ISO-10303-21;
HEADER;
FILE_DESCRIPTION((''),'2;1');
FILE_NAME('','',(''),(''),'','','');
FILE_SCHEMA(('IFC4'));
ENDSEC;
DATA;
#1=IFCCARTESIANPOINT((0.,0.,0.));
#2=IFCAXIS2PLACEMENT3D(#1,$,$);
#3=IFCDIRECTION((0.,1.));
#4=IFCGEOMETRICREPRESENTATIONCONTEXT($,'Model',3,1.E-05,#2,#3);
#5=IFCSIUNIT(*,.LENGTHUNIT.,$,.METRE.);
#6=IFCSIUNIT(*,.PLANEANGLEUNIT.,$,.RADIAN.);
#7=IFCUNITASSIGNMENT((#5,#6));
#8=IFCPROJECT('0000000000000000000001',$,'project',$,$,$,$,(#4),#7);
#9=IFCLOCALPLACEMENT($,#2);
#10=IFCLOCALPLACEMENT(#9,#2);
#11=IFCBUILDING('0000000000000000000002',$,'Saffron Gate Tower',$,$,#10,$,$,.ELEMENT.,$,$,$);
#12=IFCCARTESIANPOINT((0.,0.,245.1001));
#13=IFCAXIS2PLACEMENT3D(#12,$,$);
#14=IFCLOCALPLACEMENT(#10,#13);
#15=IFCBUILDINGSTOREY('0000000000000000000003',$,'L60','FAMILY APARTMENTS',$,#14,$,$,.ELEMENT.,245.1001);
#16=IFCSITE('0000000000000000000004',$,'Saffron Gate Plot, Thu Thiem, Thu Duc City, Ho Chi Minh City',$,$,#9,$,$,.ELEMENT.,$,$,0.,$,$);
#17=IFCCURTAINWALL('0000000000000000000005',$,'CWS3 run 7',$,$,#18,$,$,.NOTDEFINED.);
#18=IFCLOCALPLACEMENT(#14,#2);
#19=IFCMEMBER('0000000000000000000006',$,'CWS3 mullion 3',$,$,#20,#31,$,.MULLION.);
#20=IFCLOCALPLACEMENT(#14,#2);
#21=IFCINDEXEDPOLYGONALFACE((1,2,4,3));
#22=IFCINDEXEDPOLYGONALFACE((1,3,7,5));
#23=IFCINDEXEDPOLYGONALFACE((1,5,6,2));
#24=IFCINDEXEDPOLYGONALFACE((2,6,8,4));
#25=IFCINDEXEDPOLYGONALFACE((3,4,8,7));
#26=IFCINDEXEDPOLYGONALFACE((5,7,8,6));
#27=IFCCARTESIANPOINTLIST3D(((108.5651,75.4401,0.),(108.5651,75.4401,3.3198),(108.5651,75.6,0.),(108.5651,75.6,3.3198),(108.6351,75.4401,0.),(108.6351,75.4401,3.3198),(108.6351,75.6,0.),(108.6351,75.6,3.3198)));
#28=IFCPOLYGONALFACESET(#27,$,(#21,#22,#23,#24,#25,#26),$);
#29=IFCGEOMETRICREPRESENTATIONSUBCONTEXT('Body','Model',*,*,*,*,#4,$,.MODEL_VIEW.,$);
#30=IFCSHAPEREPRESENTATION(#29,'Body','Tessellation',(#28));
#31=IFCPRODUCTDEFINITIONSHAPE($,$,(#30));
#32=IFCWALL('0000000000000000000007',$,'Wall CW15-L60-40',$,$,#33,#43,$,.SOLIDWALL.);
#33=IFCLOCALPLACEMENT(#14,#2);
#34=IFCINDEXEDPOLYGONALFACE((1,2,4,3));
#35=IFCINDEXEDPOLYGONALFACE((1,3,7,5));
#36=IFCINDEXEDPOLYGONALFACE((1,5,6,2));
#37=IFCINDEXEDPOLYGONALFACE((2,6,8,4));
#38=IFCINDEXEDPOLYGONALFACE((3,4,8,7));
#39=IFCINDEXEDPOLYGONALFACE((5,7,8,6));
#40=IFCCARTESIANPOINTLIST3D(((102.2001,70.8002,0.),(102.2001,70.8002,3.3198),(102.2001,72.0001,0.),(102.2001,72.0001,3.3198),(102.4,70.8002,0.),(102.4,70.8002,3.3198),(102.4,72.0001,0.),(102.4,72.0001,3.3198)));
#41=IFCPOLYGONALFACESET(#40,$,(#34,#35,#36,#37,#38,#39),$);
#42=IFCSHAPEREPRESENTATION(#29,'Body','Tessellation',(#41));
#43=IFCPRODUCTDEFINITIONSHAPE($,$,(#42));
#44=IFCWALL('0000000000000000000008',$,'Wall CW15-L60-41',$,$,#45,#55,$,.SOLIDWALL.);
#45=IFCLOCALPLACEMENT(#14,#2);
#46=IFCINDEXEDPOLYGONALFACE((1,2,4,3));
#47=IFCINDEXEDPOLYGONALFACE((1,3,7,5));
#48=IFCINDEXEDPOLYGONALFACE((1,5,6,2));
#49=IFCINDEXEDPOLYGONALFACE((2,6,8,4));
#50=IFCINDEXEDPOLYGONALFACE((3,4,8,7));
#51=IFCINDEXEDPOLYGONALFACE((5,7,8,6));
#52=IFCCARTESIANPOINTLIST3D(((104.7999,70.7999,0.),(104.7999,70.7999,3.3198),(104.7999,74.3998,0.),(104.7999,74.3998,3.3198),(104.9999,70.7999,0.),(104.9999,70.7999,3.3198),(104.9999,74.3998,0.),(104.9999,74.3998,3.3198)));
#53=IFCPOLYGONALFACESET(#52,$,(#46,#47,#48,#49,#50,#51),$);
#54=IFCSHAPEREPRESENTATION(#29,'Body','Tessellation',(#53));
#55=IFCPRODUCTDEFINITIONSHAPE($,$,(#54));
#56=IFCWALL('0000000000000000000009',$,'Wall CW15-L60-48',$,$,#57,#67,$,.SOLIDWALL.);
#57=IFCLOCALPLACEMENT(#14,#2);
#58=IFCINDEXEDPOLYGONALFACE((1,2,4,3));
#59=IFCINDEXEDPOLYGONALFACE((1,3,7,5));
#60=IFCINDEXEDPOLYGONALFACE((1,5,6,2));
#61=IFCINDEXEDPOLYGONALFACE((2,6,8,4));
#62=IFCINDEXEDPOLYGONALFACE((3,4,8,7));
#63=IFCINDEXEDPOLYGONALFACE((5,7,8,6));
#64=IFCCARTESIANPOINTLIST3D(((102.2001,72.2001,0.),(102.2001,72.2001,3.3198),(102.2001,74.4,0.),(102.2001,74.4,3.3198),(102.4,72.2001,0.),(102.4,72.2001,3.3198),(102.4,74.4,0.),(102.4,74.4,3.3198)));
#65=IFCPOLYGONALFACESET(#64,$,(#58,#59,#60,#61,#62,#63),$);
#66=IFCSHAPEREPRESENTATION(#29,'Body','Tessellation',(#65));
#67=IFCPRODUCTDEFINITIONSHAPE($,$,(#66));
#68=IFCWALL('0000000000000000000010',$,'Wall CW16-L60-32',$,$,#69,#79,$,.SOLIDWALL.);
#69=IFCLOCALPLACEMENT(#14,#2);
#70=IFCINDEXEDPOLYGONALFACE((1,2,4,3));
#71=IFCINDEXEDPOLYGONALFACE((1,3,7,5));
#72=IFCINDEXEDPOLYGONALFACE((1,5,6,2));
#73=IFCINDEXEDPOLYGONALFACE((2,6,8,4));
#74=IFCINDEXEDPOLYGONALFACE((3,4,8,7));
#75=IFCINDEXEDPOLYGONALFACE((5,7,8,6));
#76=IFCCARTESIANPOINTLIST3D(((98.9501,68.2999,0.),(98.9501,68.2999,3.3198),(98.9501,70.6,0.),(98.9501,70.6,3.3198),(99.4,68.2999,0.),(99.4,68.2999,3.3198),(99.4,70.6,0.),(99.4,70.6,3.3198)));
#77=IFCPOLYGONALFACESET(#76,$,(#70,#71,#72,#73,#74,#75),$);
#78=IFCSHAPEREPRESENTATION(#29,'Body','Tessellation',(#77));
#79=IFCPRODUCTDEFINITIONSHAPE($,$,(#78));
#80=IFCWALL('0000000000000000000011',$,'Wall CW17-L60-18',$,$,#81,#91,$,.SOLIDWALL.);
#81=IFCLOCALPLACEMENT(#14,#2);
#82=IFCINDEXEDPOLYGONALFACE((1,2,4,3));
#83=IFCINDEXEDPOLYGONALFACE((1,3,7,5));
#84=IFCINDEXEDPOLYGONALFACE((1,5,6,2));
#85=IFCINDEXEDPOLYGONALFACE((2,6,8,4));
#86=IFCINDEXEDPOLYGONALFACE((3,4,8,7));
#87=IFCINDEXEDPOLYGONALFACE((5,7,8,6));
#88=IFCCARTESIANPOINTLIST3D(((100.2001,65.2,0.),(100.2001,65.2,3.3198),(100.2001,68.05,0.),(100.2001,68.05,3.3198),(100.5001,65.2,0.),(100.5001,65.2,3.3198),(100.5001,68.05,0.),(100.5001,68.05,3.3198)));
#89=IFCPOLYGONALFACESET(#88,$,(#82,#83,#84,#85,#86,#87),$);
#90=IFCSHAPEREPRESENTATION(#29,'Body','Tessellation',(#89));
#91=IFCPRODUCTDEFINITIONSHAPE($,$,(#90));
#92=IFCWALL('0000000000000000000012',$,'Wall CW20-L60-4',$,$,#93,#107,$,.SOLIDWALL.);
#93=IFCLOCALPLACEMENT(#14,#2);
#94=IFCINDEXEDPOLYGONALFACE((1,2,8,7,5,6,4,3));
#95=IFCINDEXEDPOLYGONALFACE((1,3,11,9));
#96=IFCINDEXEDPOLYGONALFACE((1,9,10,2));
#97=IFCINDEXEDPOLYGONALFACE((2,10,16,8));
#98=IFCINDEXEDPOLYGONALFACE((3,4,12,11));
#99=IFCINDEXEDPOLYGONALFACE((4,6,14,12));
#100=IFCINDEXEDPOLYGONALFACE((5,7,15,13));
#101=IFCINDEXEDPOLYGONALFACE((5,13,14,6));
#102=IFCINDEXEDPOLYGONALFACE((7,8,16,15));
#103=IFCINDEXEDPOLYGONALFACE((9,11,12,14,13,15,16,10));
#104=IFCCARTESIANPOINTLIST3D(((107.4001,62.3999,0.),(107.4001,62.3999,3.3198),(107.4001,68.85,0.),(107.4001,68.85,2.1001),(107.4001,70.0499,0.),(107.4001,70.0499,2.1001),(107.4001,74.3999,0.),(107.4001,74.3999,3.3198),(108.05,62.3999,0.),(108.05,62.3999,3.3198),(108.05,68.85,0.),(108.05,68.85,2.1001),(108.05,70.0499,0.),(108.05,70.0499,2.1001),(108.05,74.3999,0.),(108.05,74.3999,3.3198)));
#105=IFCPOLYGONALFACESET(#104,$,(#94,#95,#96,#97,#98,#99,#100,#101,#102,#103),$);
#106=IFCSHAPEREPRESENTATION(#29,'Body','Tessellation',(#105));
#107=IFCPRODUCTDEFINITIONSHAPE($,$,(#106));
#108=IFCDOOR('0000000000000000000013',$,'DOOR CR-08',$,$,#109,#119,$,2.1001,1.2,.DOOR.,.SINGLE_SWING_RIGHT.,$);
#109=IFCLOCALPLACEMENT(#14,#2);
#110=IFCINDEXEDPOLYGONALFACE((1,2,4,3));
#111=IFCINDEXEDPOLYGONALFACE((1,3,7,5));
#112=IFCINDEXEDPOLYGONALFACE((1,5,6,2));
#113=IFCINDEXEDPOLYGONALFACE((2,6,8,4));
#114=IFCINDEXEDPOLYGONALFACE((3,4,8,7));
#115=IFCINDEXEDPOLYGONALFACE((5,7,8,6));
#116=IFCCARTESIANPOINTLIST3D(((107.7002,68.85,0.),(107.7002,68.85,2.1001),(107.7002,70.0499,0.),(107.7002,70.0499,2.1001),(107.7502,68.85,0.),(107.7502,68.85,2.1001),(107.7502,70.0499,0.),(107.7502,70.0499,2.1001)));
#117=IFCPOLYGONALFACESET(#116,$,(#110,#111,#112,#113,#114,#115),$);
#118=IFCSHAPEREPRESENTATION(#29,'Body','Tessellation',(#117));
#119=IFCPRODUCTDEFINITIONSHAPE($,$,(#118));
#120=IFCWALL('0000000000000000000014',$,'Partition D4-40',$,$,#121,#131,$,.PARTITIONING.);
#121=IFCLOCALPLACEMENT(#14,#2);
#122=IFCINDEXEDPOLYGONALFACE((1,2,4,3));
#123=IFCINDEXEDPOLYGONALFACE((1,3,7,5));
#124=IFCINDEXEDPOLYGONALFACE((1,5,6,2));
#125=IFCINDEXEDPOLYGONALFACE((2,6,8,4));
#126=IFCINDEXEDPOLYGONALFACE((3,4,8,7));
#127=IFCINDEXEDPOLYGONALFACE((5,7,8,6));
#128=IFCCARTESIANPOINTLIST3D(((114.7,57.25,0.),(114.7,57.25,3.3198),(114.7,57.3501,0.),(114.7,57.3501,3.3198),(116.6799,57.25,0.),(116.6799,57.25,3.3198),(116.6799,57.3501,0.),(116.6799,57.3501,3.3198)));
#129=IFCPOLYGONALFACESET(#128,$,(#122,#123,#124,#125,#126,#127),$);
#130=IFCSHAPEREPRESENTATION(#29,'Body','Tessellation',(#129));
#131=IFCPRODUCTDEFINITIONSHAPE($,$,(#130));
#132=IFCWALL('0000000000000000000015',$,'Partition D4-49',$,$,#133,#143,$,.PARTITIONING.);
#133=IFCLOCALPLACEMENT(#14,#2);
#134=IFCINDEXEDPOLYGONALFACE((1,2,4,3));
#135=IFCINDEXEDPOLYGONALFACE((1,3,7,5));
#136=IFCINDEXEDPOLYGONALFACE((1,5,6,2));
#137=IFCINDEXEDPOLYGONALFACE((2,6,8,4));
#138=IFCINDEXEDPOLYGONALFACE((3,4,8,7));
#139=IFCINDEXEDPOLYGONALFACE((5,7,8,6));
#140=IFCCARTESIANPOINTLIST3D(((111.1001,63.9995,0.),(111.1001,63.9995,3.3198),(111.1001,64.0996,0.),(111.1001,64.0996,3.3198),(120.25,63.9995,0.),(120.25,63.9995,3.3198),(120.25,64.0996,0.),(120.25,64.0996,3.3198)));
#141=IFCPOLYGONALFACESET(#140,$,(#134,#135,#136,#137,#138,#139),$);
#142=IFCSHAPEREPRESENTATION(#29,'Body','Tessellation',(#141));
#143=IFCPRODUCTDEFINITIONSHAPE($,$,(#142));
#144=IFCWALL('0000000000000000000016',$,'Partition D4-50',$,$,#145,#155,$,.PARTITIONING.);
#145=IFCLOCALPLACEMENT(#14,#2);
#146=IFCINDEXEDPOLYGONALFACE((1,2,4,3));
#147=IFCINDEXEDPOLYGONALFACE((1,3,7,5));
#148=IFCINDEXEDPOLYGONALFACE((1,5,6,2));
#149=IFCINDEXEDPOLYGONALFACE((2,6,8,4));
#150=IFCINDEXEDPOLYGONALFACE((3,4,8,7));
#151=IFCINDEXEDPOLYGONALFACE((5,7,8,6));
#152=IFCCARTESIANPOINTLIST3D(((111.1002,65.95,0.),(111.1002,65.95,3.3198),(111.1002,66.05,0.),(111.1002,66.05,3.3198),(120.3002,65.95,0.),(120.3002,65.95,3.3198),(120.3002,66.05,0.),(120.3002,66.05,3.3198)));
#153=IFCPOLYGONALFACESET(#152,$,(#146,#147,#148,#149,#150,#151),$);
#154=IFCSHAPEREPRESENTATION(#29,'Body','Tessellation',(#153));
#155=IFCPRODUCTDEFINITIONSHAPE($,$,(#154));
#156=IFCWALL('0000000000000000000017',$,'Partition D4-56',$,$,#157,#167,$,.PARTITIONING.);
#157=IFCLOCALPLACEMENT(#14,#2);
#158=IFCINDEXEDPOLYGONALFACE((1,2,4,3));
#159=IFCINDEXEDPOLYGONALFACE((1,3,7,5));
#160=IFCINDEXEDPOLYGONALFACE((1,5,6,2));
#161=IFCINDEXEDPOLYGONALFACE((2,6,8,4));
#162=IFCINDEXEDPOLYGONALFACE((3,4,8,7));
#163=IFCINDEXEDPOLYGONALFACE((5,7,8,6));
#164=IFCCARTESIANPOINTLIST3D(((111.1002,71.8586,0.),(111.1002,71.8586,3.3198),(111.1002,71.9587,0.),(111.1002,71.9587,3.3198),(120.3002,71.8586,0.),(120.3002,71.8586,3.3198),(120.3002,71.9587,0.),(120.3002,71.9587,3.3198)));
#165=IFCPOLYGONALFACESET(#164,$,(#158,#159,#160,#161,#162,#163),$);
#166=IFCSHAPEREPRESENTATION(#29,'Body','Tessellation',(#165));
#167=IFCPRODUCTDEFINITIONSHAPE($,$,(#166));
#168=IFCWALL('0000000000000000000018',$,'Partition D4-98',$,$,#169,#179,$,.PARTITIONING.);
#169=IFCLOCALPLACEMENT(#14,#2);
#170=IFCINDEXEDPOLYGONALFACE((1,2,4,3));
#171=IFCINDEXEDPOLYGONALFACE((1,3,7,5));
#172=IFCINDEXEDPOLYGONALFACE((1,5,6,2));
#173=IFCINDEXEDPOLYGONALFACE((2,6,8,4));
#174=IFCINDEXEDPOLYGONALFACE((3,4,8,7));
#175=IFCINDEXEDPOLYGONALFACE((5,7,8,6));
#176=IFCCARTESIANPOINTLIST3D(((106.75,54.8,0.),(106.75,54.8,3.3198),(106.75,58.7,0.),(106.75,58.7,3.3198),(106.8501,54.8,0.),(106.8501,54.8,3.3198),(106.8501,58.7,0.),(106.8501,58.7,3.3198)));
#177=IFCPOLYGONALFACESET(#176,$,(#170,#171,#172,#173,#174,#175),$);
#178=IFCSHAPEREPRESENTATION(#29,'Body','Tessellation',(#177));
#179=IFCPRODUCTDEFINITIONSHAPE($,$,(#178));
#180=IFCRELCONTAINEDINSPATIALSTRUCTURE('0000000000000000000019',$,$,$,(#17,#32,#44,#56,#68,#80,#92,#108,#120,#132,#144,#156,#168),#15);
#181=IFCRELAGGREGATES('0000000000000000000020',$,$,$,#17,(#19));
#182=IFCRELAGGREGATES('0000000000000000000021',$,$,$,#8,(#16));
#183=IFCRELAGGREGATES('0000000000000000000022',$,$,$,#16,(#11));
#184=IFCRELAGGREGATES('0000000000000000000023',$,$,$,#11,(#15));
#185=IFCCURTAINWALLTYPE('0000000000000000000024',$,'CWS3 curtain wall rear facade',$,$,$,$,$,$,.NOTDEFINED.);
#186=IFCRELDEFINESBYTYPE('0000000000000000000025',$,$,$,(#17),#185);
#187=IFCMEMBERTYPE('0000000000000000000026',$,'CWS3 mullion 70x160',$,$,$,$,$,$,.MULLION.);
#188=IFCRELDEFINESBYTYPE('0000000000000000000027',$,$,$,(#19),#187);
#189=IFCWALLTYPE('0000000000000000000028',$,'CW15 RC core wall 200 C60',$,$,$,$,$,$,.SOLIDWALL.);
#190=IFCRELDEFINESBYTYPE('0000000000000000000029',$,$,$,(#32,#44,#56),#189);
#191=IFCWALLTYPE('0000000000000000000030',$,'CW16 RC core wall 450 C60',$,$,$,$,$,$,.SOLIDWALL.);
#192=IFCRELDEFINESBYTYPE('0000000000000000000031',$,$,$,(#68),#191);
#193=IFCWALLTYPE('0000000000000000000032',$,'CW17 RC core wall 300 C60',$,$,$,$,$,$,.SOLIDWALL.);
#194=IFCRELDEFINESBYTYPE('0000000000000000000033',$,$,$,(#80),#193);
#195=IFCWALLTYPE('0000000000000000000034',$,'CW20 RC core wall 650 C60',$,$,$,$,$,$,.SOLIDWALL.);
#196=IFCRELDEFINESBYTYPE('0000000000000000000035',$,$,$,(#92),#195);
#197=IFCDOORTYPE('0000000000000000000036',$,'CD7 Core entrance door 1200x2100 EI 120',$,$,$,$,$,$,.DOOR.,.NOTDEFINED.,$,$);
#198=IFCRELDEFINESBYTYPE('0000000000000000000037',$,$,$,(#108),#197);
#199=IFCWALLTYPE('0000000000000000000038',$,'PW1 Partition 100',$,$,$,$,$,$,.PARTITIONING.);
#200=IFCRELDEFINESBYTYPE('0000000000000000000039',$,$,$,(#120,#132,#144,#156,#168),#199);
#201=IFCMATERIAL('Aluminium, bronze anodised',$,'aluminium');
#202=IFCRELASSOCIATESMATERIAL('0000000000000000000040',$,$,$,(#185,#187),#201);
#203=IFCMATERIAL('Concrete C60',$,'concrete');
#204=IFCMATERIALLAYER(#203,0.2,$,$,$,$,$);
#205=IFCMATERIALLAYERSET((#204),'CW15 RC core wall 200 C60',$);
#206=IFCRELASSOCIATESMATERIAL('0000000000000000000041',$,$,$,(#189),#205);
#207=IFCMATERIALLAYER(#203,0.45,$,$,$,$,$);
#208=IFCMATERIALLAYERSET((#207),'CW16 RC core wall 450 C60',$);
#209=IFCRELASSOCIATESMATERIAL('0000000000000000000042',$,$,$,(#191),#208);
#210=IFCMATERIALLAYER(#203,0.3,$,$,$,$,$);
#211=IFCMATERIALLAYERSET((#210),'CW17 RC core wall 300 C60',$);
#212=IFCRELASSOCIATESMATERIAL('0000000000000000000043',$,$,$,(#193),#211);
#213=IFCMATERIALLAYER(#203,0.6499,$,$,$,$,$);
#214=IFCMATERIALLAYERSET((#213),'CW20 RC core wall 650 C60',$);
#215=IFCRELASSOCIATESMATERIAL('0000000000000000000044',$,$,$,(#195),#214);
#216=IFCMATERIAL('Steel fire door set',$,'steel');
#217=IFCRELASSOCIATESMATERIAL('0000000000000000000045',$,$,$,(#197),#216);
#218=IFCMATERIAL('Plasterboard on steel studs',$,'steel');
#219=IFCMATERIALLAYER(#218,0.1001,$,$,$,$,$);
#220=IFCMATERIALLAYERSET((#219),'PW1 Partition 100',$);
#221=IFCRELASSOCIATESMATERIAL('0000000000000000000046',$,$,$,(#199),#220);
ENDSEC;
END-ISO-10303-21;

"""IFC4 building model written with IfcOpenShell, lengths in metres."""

from ifc_helpers import new_model, si_unit, direction, frame, frame_2d, origin, origin_2d, place, context, subcontext, project, spatial, rectangle, extrude, material, layer, layer_set, material_profile, profile_set, type_object, element, fill, aggregate, save


model = new_model("IFC4")

# Units and contexts
model_context = context("Model", 3, precision=1e-05, world=origin(), true_north=direction((0.0, 1.0)))
body_context = subcontext(model_context, "Body", "Model", "MODEL_VIEW")
ifc_project = project(units=[si_unit("LENGTHUNIT", "METRE"), si_unit("PLANEANGLEUNIT", "RADIAN")], contexts=[model_context])

# Site, building, storey
site_placement = place(None, origin())
site = spatial("IfcSite", under=ifc_project, at=site_placement, Name="Saffron Gate Plot, Thu Thiem, Thu Duc City, Ho Chi Minh City", CompositionType="ELEMENT", RefElevation=0.0)
building_placement = place(site_placement, origin())
building = spatial("IfcBuilding", under=site, at=building_placement, Name="Saffron Gate Tower", CompositionType="ELEMENT")
storey_placement = place(building_placement, frame((0.0, 0.0, 245.1001)))
storey = spatial("IfcBuildingStorey", under=building, at=storey_placement, Name="L60", Description="FAMILY APARTMENTS", CompositionType="ELEMENT", Elevation=245.1001)

# Curtain wall, member
ifc_material_1 = material(Name="Aluminium, bronze anodised", Category="aluminium")
curtain_wall_type = type_object("IfcCurtainWallType", Name="CWS3 curtain wall rear facade", PredefinedType="NOTDEFINED", material=ifc_material_1)
curtain_wall_placement = place(storey_placement, origin())
curtain_wall = element("IfcCurtainWall", 1, at=curtain_wall_placement, inside=storey, type_object=curtain_wall_type, Name="CWS3 run 7", PredefinedType="NOTDEFINED")
ifc_material_profile = material_profile(ifc_material_1, rectangle(XDim=0.1599, YDim=0.0701, at=origin_2d()))
ifc_profile_set = profile_set([ifc_material_profile], Name="Aluminium, bronze anodised")
member_type = type_object("IfcMemberType", Name="CWS3 mullion 70x160", PredefinedType="MULLION", material=ifc_profile_set)
member_placement = place(storey_placement, frame((108.6001, 75.52, 0.0), z_axis=(0.0, 0.0, 1.0), x_axis=(0.0, -1.0, 0.0)))
member = element("IfcMember", 2, at=member_placement, type_object=member_type, Name="CWS3 mullion 3", PredefinedType="MULLION", context=body_context, shape_type="SweptSolid", body=[
    extrude(rectangle(XDim=0.1599, YDim=0.0701, at=origin_2d()), origin(), (0.0, 0.0, 1.0), 3.3198),
])
aggregate(curtain_wall, [member])

# Walls
ifc_material_2 = material(Name="Concrete C60", Category="concrete")
ifc_layer_1 = layer(ifc_material_2, 0.2)
ifc_layer_set_1 = layer_set([ifc_layer_1], Name="CW15 RC core wall 200 C60")
wall_type_1 = type_object("IfcWallType", Name="CW15 RC core wall 200 C60", PredefinedType="SOLIDWALL", material=ifc_layer_set_1)
wall_1_placement = place(storey_placement, frame((102.3, 70.8, 0.0), z_axis=(0.0, 0.0, 1.0), x_axis=(0.0, 1.0, 0.0)))
element("IfcWall", 3, at=wall_1_placement, inside=storey, type_object=wall_type_1, Name="Wall CW15-L60-40", PredefinedType="SOLIDWALL", context=body_context, shape_type="SweptSolid", body=[
    extrude(rectangle(XDim=1.2, YDim=0.2, at=frame_2d((0.6001, 0.0))), origin(), (0.0, 0.0, 1.0), 3.3198),
])
wall_2_placement = place(storey_placement, frame((104.8999, 70.8, 0.0), z_axis=(0.0, 0.0, 1.0), x_axis=(0.0, 1.0, 0.0)))
element("IfcWall", 4, at=wall_2_placement, inside=storey, type_object=wall_type_1, Name="Wall CW15-L60-41", PredefinedType="SOLIDWALL", context=body_context, shape_type="SweptSolid", body=[
    extrude(rectangle(XDim=3.5999, YDim=0.2, at=frame_2d((1.7998, 0.0))), origin(), (0.0, 0.0, 1.0), 3.3198),
])
wall_3_placement = place(storey_placement, frame((102.3, 72.2, 0.0), z_axis=(0.0, 0.0, 1.0), x_axis=(0.0, 1.0, 0.0)))
element("IfcWall", 5, at=wall_3_placement, inside=storey, type_object=wall_type_1, Name="Wall CW15-L60-48", PredefinedType="SOLIDWALL", context=body_context, shape_type="SweptSolid", body=[
    extrude(rectangle(XDim=2.2, YDim=0.2, at=frame_2d((1.1001, 0.0))), origin(), (0.0, 0.0, 1.0), 3.3198),
])
ifc_layer_2 = layer(ifc_material_2, 0.45)
ifc_layer_set_2 = layer_set([ifc_layer_2], Name="CW16 RC core wall 450 C60")
wall_type_2 = type_object("IfcWallType", Name="CW16 RC core wall 450 C60", PredefinedType="SOLIDWALL", material=ifc_layer_set_2)
wall_4_placement = place(storey_placement, frame((99.175, 68.3, 0.0), z_axis=(0.0, 0.0, 1.0), x_axis=(0.0, 1.0, 0.0)))
element("IfcWall", 6, at=wall_4_placement, inside=storey, type_object=wall_type_2, Name="Wall CW16-L60-32", PredefinedType="SOLIDWALL", context=body_context, shape_type="SweptSolid", body=[
    extrude(rectangle(XDim=2.3, YDim=0.45, at=frame_2d((1.1499, 0.0))), origin(), (0.0, 0.0, 1.0), 3.3198),
])
ifc_layer_3 = layer(ifc_material_2, 0.3)
ifc_layer_set_3 = layer_set([ifc_layer_3], Name="CW17 RC core wall 300 C60")
wall_type_3 = type_object("IfcWallType", Name="CW17 RC core wall 300 C60", PredefinedType="SOLIDWALL", material=ifc_layer_set_3)
wall_5_placement = place(storey_placement, frame((100.3501, 65.2, 0.0), z_axis=(0.0, 0.0, 1.0), x_axis=(0.0, 1.0, 0.0)))
element("IfcWall", 7, at=wall_5_placement, inside=storey, type_object=wall_type_3, Name="Wall CW17-L60-18", PredefinedType="SOLIDWALL", context=body_context, shape_type="SweptSolid", body=[
    extrude(rectangle(XDim=2.8501, YDim=0.3, at=frame_2d((1.425, 0.0))), origin(), (0.0, 0.0, 1.0), 3.3198),
])

# Wall, opening, door
ifc_layer_4 = layer(ifc_material_2, 0.6499)
ifc_layer_set_4 = layer_set([ifc_layer_4], Name="CW20 RC core wall 650 C60")
wall_type_4 = type_object("IfcWallType", Name="CW20 RC core wall 650 C60", PredefinedType="SOLIDWALL", material=ifc_layer_set_4)
wall_6_placement = place(storey_placement, frame((107.7251, 62.3999, 0.0), z_axis=(0.0, 0.0, 1.0), x_axis=(0.0, 1.0, 0.0)))
wall_6 = element("IfcWall", 8, at=wall_6_placement, inside=storey, type_object=wall_type_4, Name="Wall CW20-L60-4", PredefinedType="SOLIDWALL", context=body_context, shape_type="SweptSolid", body=[
    extrude(rectangle(XDim=12.0, YDim=0.6499, at=frame_2d((6.0, 0.0))), origin(), (0.0, 0.0, 1.0), 3.3198),
])
opening_1_placement = place(wall_6_placement, frame((6.45, 0.0, 0.0)))
opening_1 = element("IfcOpeningElement", 9, at=opening_1_placement, cuts=wall_6, PredefinedType="OPENING", context=body_context, shape_type="SweptSolid", body=[
    extrude(rectangle(XDim=1.2, YDim=2.1001, at=frame_2d((0.6001, 1.05))), frame((0.0, 0.335, 0.0), z_axis=(0.0, -1.0, 0.0), x_axis=(1.0, 0.0, 0.0)), (0.0, 0.0, 1.0), 0.6699),
])
ifc_material_3 = material(Name="Steel fire door set", Category="steel")
door_type_1 = type_object("IfcDoorType", Name="CD7 Core entrance door 1200x2100 EI 120", OperationType="NOTDEFINED", PredefinedType="DOOR", material=ifc_material_3)
door_1_placement = place(opening_1_placement, origin())
door_1 = element("IfcDoor", 10, at=door_1_placement, inside=storey, type_object=door_type_1, Name="DOOR CR-08", OperationType="SINGLE_SWING_RIGHT", OverallHeight=2.1001, OverallWidth=1.2, PredefinedType="DOOR", context=body_context, shape_type="SweptSolid", body=[
    extrude(rectangle(XDim=1.2, YDim=2.1001, at=frame_2d((0.6001, 1.05))), frame((0.0, 0.0249, 0.0), z_axis=(0.0, -1.0, 0.0), x_axis=(1.0, 0.0, 0.0)), (0.0, 0.0, 1.0), 0.05),
])
fill(opening_1, door_1)

# Walls
ifc_material_4 = material(Name="Plasterboard on steel studs", Category="steel")
ifc_layer_5 = layer(ifc_material_4, 0.1001)
ifc_layer_set_5 = layer_set([ifc_layer_5], Name="PW1 Partition 100")
wall_type_5 = type_object("IfcWallType", Name="PW1 Partition 100", PredefinedType="PARTITIONING", material=ifc_layer_set_5)
wall_7_placement = place(storey_placement, frame((114.7, 57.3, 0.0), z_axis=(0.0, 0.0, 1.0), x_axis=(1.0, 0.0, 0.0)))
element("IfcWall", 11, at=wall_7_placement, inside=storey, type_object=wall_type_5, Name="Partition D4-40", PredefinedType="PARTITIONING", context=body_context, shape_type="SweptSolid", body=[
    extrude(rectangle(XDim=1.98, YDim=0.1001, at=frame_2d((0.99, 0.0))), origin(), (0.0, 0.0, 1.0), 3.3198),
])
wall_8_placement = place(storey_placement, frame((111.1001, 64.0496, 0.0), z_axis=(0.0, 0.0, 1.0), x_axis=(1.0, 0.0, 0.0)))
element("IfcWall", 12, at=wall_8_placement, inside=storey, type_object=wall_type_5, Name="Partition D4-49", PredefinedType="PARTITIONING", context=body_context, shape_type="SweptSolid", body=[
    extrude(rectangle(XDim=9.1499, YDim=0.1001, at=frame_2d((4.575, 0.0))), origin(), (0.0, 0.0, 1.0), 3.3198),
])
for number, where, z_axis, x_axis, name in (
    (13, (111.1001, 66.0, 0.0), (0.0, 0.0, 1.0), (1.0, 0.0, 0.0), "Partition D4-50"),
    (14, (111.1001, 71.9087, 0.0), (0.0, 0.0, 1.0), (1.0, 0.0, 0.0), "Partition D4-56"),
):
    element("IfcWall", number, at=place(storey_placement, frame(where, z_axis=z_axis, x_axis=x_axis)), inside=storey, type_object=wall_type_5, Name=name, PredefinedType="PARTITIONING", context=body_context, shape_type="SweptSolid", body=[
        extrude(rectangle(XDim=9.2, YDim=0.1001, at=frame_2d((4.6001, 0.0))), origin(), (0.0, 0.0, 1.0), 3.3198),
    ])
wall_9_placement = place(storey_placement, frame((106.8, 58.7, 0.0), z_axis=(0.0, 0.0, 1.0), x_axis=(0.0, -1.0, 0.0)))
element("IfcWall", 15, at=wall_9_placement, inside=storey, type_object=wall_type_5, Name="Partition D4-98", PredefinedType="PARTITIONING", context=body_context, shape_type="SweptSolid", body=[
    extrude(rectangle(XDim=3.8999, YDim=0.1001, at=frame_2d((1.95, 0.0))), origin(), (0.0, 0.0, 1.0), 3.3198),
])

save(model, "model.ifc")
